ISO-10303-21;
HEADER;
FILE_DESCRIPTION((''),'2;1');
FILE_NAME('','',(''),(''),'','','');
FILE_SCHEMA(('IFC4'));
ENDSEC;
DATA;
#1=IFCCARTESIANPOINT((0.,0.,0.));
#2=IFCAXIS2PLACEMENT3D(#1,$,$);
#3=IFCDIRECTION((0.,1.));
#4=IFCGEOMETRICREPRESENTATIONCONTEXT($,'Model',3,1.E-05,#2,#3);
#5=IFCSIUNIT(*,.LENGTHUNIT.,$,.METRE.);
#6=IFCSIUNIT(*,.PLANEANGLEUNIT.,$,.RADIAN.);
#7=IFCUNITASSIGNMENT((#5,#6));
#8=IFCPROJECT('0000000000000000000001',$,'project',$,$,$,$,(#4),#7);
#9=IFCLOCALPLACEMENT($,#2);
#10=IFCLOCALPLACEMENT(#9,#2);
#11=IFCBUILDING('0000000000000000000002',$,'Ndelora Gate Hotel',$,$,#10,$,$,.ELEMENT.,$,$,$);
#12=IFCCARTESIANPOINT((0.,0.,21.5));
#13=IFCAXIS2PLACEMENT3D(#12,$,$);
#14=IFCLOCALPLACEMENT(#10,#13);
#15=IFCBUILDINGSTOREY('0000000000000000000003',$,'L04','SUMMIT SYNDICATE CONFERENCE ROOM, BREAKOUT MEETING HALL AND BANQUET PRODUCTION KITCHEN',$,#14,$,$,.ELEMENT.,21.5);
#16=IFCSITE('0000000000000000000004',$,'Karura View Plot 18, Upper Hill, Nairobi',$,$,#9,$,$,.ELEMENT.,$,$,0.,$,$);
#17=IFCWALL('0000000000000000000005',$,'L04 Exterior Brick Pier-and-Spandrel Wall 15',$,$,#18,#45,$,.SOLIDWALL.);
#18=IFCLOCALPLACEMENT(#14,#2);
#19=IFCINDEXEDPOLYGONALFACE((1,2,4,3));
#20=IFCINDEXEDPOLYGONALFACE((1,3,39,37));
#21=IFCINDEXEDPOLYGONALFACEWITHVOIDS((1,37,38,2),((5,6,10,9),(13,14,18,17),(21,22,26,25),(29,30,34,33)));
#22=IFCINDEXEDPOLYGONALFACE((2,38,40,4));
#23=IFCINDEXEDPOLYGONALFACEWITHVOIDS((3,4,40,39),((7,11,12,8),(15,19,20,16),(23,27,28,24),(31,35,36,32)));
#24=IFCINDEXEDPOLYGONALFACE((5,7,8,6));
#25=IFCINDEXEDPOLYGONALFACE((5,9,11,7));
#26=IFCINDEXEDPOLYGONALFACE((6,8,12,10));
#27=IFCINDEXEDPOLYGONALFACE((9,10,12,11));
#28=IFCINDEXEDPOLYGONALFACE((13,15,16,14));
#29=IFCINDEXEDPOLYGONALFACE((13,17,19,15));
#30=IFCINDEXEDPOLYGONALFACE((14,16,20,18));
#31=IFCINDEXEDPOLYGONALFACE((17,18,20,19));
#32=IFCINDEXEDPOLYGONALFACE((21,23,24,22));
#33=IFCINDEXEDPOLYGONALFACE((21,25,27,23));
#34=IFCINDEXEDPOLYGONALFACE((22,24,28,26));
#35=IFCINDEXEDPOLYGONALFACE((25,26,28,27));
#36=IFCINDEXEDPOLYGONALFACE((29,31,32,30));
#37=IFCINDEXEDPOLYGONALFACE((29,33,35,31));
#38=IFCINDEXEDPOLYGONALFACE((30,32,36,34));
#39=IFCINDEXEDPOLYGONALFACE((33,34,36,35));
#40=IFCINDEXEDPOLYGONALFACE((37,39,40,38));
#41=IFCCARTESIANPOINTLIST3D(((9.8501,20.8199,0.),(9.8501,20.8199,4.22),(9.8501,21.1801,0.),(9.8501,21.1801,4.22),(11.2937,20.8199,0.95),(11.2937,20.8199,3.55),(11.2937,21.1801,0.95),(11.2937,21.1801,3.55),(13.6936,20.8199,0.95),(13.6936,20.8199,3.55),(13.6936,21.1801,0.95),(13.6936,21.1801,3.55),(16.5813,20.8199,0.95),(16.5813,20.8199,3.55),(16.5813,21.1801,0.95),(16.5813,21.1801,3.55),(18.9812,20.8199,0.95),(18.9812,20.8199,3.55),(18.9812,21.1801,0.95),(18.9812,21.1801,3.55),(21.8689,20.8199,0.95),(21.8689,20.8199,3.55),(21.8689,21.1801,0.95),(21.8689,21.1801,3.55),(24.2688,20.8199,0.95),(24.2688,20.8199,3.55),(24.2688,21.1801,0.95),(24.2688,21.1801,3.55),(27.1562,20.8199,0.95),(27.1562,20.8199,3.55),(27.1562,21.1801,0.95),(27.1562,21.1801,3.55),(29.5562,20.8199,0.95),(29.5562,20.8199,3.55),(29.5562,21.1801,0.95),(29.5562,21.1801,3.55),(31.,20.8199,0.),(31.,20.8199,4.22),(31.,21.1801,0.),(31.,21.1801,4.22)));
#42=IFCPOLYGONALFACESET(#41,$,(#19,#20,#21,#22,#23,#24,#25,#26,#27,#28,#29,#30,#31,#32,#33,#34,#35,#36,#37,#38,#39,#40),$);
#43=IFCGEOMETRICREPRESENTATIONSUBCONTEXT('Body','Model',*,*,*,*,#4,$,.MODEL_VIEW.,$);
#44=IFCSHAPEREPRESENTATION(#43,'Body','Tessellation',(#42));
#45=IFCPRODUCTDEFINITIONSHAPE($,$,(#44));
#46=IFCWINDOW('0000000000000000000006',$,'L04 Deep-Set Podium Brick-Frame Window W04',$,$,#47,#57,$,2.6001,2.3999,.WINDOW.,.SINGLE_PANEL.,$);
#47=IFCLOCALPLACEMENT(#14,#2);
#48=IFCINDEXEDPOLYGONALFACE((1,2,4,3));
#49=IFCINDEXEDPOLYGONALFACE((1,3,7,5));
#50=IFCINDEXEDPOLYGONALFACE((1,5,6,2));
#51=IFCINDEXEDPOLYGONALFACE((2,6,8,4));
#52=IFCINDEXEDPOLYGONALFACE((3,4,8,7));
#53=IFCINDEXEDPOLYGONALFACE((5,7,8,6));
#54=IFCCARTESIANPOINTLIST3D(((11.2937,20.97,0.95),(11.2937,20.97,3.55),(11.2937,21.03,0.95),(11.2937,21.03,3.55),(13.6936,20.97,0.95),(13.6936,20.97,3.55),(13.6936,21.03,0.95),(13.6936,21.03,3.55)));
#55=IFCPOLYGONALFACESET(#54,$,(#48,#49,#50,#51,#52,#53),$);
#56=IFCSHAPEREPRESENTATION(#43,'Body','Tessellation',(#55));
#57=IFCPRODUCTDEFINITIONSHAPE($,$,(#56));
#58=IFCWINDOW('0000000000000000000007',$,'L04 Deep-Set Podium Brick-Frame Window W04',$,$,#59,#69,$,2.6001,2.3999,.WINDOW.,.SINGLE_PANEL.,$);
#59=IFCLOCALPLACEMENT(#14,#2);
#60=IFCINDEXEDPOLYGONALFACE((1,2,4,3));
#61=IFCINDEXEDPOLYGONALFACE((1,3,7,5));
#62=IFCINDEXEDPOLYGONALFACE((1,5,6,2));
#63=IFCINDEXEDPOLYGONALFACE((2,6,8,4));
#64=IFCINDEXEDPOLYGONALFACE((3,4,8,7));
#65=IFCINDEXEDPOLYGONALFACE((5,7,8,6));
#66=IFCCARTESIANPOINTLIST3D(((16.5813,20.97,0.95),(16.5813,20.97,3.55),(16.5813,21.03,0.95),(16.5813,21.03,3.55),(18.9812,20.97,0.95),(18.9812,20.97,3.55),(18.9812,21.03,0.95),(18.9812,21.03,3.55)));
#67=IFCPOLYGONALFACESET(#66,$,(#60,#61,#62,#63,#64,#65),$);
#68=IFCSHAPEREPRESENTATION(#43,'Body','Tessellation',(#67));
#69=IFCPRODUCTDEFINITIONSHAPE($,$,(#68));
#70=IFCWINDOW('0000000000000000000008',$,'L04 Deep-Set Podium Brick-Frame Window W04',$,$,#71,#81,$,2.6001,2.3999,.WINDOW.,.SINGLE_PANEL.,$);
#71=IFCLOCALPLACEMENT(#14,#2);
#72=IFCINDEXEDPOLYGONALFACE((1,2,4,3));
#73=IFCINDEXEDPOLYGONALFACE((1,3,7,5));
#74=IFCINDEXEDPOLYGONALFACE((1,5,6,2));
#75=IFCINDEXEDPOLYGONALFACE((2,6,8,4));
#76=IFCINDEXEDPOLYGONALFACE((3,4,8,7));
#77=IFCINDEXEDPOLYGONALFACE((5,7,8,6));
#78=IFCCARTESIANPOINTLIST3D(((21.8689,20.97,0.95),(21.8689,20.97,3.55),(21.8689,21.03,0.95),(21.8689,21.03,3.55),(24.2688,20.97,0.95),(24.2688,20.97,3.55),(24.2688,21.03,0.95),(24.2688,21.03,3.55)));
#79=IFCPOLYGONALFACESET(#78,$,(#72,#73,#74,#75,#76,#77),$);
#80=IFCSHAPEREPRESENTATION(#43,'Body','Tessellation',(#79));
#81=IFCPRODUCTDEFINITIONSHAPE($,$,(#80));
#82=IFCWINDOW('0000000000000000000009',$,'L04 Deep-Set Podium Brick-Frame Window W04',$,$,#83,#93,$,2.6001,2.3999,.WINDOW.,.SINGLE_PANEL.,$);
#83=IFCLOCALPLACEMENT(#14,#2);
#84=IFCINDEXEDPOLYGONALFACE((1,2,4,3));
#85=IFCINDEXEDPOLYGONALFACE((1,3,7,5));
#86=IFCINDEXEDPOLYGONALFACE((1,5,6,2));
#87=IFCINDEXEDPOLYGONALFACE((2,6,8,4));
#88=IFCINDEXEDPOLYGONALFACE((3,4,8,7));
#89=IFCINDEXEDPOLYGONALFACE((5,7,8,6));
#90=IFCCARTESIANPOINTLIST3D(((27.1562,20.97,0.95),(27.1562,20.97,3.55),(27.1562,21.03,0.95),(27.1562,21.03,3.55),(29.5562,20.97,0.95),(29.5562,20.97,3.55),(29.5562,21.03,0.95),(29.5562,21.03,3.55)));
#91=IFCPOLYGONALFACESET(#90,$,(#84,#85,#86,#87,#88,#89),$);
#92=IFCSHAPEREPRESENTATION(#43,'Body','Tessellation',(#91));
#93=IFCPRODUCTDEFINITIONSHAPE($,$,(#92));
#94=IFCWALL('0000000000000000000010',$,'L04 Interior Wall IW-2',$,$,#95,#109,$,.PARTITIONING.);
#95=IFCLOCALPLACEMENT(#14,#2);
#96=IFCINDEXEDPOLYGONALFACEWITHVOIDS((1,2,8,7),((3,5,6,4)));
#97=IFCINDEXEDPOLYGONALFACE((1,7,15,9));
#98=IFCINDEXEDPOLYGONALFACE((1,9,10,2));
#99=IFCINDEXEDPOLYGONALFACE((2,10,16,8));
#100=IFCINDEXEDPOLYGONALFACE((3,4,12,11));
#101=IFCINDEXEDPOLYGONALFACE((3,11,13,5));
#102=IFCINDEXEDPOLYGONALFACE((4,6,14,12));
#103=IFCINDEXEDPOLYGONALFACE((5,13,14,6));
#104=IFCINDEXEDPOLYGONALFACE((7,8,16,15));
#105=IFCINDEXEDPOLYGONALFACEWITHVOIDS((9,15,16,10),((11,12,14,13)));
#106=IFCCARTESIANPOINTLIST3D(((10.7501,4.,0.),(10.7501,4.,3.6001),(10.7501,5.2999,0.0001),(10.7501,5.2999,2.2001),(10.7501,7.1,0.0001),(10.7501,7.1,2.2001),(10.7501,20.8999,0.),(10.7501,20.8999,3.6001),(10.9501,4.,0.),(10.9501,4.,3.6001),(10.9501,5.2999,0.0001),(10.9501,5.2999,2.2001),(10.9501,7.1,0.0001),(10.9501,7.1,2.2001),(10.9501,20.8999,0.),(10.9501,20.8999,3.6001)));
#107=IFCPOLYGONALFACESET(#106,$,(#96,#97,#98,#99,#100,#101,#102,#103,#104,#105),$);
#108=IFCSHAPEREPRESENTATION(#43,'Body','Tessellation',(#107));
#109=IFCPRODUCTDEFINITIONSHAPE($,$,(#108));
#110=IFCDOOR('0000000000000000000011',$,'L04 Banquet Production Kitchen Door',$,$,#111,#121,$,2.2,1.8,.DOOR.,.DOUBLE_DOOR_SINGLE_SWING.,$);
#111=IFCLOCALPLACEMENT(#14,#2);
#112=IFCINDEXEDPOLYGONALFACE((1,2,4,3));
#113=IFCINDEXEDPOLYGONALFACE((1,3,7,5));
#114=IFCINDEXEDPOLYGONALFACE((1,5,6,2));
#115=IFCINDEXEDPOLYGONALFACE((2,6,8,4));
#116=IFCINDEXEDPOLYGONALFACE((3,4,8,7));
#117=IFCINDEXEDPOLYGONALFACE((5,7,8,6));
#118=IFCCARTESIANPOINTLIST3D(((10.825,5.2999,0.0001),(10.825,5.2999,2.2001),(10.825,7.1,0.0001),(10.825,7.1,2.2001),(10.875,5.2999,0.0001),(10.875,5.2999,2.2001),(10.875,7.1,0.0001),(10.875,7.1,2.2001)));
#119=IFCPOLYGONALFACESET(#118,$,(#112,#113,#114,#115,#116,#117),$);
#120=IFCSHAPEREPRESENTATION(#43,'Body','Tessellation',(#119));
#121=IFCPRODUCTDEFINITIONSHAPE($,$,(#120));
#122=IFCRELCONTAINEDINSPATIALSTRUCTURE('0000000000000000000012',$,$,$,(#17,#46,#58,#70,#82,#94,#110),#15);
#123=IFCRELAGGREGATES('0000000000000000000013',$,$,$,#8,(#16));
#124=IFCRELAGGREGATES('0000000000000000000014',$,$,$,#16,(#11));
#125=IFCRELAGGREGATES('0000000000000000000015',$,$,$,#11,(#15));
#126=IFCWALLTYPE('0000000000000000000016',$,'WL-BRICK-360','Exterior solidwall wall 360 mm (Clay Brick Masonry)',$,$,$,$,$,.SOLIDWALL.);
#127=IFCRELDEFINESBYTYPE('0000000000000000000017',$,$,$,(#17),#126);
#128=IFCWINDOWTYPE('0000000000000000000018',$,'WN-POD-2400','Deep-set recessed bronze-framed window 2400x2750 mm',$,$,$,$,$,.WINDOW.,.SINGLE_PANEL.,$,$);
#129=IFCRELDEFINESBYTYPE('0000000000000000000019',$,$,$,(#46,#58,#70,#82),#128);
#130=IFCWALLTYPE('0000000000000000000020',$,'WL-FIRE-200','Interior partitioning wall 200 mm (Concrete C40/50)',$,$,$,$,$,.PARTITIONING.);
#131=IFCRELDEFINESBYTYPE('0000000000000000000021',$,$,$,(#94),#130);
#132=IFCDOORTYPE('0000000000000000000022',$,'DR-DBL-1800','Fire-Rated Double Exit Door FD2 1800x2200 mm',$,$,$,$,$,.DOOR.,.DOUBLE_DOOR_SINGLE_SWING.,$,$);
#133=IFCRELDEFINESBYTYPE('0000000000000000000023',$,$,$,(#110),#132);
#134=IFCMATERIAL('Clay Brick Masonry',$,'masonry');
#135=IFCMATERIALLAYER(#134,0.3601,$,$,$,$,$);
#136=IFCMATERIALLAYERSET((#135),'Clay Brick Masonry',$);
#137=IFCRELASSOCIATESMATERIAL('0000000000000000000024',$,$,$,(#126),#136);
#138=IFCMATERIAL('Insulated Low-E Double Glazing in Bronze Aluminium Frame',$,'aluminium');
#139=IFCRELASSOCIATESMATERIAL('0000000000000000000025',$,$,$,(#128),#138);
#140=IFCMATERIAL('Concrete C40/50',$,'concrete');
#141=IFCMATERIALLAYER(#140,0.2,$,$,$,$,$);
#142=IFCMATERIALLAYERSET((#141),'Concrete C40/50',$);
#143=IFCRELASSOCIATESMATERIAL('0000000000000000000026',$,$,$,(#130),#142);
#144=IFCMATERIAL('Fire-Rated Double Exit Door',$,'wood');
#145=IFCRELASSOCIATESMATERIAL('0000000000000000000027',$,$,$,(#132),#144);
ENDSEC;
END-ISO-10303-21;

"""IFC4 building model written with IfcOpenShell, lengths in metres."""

from ifc_helpers import new_model, si_unit, direction, frame, frame_2d, origin, place, context, subcontext, project, spatial, rectangle, extrude, material, layer, layer_set, type_object, element, fill, save


model = new_model("IFC4")

# Units and contexts
model_context = context("Model", 3, precision=1e-05, world=origin(), true_north=direction((0.0, 1.0)))
body_context = subcontext(model_context, "Body", "Model", "MODEL_VIEW")
ifc_project = project(units=[si_unit("LENGTHUNIT", "METRE"), si_unit("PLANEANGLEUNIT", "RADIAN")], contexts=[model_context])

# Site, building, storey
site_placement = place(None, origin())
site = spatial("IfcSite", under=ifc_project, at=site_placement, Name="Karura View Plot 18, Upper Hill, Nairobi", CompositionType="ELEMENT", RefElevation=0.0)
building_placement = place(site_placement, origin())
building = spatial("IfcBuilding", under=site, at=building_placement, Name="Ndelora Gate Hotel", CompositionType="ELEMENT")
storey_placement = place(building_placement, frame((0.0, 0.0, 21.5)))
storey = spatial("IfcBuildingStorey", under=building, at=storey_placement, Name="L04", Description="SUMMIT SYNDICATE CONFERENCE ROOM, BREAKOUT MEETING HALL AND BANQUET PRODUCTION KITCHEN", CompositionType="ELEMENT", Elevation=21.5)

# Wall, openings, windows
ifc_material_1 = material(Name="Clay Brick Masonry", Category="masonry")
ifc_layer_1 = layer(ifc_material_1, 0.3601)
ifc_layer_set_1 = layer_set([ifc_layer_1], Name="Clay Brick Masonry")
wall_type_1 = type_object("IfcWallType", Name="WL-BRICK-360", Description="Exterior solidwall wall 360 mm (Clay Brick Masonry)", PredefinedType="SOLIDWALL", material=ifc_layer_set_1)
wall_1_placement = place(storey_placement, frame((9.8501, 21.0, 0.0), z_axis=(0.0, 0.0, 1.0), x_axis=(1.0, 0.0, 0.0)))
wall_1 = element("IfcWall", 1, at=wall_1_placement, inside=storey, type_object=wall_type_1, Name="L04 Exterior Brick Pier-and-Spandrel Wall 15", PredefinedType="SOLIDWALL", context=body_context, shape_type="SweptSolid", body=[
    extrude(rectangle(XDim=21.1499, YDim=0.3601, at=frame_2d((10.575, 0.0))), origin(), (0.0, 0.0, 1.0), 4.22),
])
opening_1_placement = place(wall_1_placement, frame((1.4436, 0.0, 0.95)))
opening_1 = element("IfcOpeningElement", 2, at=opening_1_placement, cuts=wall_1, PredefinedType="OPENING", context=body_context, shape_type="SweptSolid", body=[
    extrude(rectangle(XDim=2.3999, YDim=2.6001, at=frame_2d((1.2, 1.3))), frame((0.0, 0.1899, 0.0), z_axis=(0.0, -1.0, 0.0), x_axis=(1.0, 0.0, 0.0)), (0.0, 0.0, 1.0), 0.3801),
])
opening_2_placement = place(wall_1_placement, frame((6.7312, 0.0, 0.95)))
opening_2 = element("IfcOpeningElement", 3, at=opening_2_placement, cuts=wall_1, PredefinedType="OPENING", context=body_context, shape_type="SweptSolid", body=[
    extrude(rectangle(XDim=2.3999, YDim=2.6001, at=frame_2d((1.2, 1.3))), frame((0.0, 0.1899, 0.0), z_axis=(0.0, -1.0, 0.0), x_axis=(1.0, 0.0, 0.0)), (0.0, 0.0, 1.0), 0.3801),
])
opening_3_placement = place(wall_1_placement, frame((12.0188, 0.0, 0.95)))
opening_3 = element("IfcOpeningElement", 4, at=opening_3_placement, cuts=wall_1, PredefinedType="OPENING", context=body_context, shape_type="SweptSolid", body=[
    extrude(rectangle(XDim=2.3999, YDim=2.6001, at=frame_2d((1.2, 1.3))), frame((0.0, 0.1899, 0.0), z_axis=(0.0, -1.0, 0.0), x_axis=(1.0, 0.0, 0.0)), (0.0, 0.0, 1.0), 0.3801),
])
opening_4_placement = place(wall_1_placement, frame((17.3062, 0.0, 0.95)))
opening_4 = element("IfcOpeningElement", 5, at=opening_4_placement, cuts=wall_1, PredefinedType="OPENING", context=body_context, shape_type="SweptSolid", body=[
    extrude(rectangle(XDim=2.3999, YDim=2.6001, at=frame_2d((1.2, 1.3))), frame((0.0, 0.1899, 0.0), z_axis=(0.0, -1.0, 0.0), x_axis=(1.0, 0.0, 0.0)), (0.0, 0.0, 1.0), 0.3801),
])
ifc_material_2 = material(Name="Insulated Low-E Double Glazing in Bronze Aluminium Frame", Category="aluminium")
window_type = type_object("IfcWindowType", Name="WN-POD-2400", Description="Deep-set recessed bronze-framed window 2400x2750 mm", PartitioningType="SINGLE_PANEL", PredefinedType="WINDOW", material=ifc_material_2)
window_1_placement = place(opening_1_placement, origin())
window_1 = element("IfcWindow", 6, at=window_1_placement, inside=storey, type_object=window_type, Name="L04 Deep-Set Podium Brick-Frame Window W04", OverallHeight=2.6001, OverallWidth=2.3999, PartitioningType="SINGLE_PANEL", PredefinedType="WINDOW", context=body_context, shape_type="SweptSolid", body=[
    extrude(rectangle(XDim=2.3999, YDim=2.6001, at=frame_2d((1.2, 1.3))), frame((0.0, 0.03, 0.0), z_axis=(0.0, -1.0, 0.0), x_axis=(1.0, 0.0, 0.0)), (0.0, 0.0, 1.0), 0.0601),
])
fill(opening_1, window_1)
window_2_placement = place(opening_2_placement, origin())
window_2 = element("IfcWindow", 7, at=window_2_placement, inside=storey, type_object=window_type, Name="L04 Deep-Set Podium Brick-Frame Window W04", OverallHeight=2.6001, OverallWidth=2.3999, PartitioningType="SINGLE_PANEL", PredefinedType="WINDOW", context=body_context, shape_type="SweptSolid", body=[
    extrude(rectangle(XDim=2.3999, YDim=2.6001, at=frame_2d((1.2, 1.3))), frame((0.0, 0.03, 0.0), z_axis=(0.0, -1.0, 0.0), x_axis=(1.0, 0.0, 0.0)), (0.0, 0.0, 1.0), 0.0601),
])
fill(opening_2, window_2)
window_3_placement = place(opening_3_placement, origin())
window_3 = element("IfcWindow", 8, at=window_3_placement, inside=storey, type_object=window_type, Name="L04 Deep-Set Podium Brick-Frame Window W04", OverallHeight=2.6001, OverallWidth=2.3999, PartitioningType="SINGLE_PANEL", PredefinedType="WINDOW", context=body_context, shape_type="SweptSolid", body=[
    extrude(rectangle(XDim=2.3999, YDim=2.6001, at=frame_2d((1.2, 1.3))), frame((0.0, 0.03, 0.0), z_axis=(0.0, -1.0, 0.0), x_axis=(1.0, 0.0, 0.0)), (0.0, 0.0, 1.0), 0.0601),
])
fill(opening_3, window_3)
window_4_placement = place(opening_4_placement, origin())
window_4 = element("IfcWindow", 9, at=window_4_placement, inside=storey, type_object=window_type, Name="L04 Deep-Set Podium Brick-Frame Window W04", OverallHeight=2.6001, OverallWidth=2.3999, PartitioningType="SINGLE_PANEL", PredefinedType="WINDOW", context=body_context, shape_type="SweptSolid", body=[
    extrude(rectangle(XDim=2.3999, YDim=2.6001, at=frame_2d((1.2, 1.3))), frame((0.0, 0.03, 0.0), z_axis=(0.0, -1.0, 0.0), x_axis=(1.0, 0.0, 0.0)), (0.0, 0.0, 1.0), 0.0601),
])
fill(opening_4, window_4)

# Wall, opening, door
ifc_material_3 = material(Name="Concrete C40/50", Category="concrete")
ifc_layer_2 = layer(ifc_material_3, 0.2)
ifc_layer_set_2 = layer_set([ifc_layer_2], Name="Concrete C40/50")
wall_type_2 = type_object("IfcWallType", Name="WL-FIRE-200", Description="Interior partitioning wall 200 mm (Concrete C40/50)", PredefinedType="PARTITIONING", material=ifc_layer_set_2)
wall_2_placement = place(storey_placement, frame((10.8501, 20.8999, 0.0), z_axis=(0.0, 0.0, 1.0), x_axis=(0.0, -1.0, 0.0)))
wall_2 = element("IfcWall", 10, at=wall_2_placement, inside=storey, type_object=wall_type_2, Name="L04 Interior Wall IW-2", PredefinedType="PARTITIONING", context=body_context, shape_type="SweptSolid", body=[
    extrude(rectangle(XDim=16.8999, YDim=0.2, at=frame_2d((8.45, 0.0))), origin(), (0.0, 0.0, 1.0), 3.6001),
])
opening_5_placement = place(wall_2_placement, frame((13.8, 0.0, 0.0)))
opening_5 = element("IfcOpeningElement", 11, at=opening_5_placement, cuts=wall_2, PredefinedType="OPENING", context=body_context, shape_type="SweptSolid", body=[
    extrude(rectangle(XDim=1.8, YDim=2.2, at=frame_2d((0.8999, 1.1001))), frame((0.0, 0.1099, 0.0), z_axis=(0.0, -1.0, 0.0), x_axis=(1.0, 0.0, 0.0)), (0.0, 0.0, 1.0), 0.22),
])
ifc_material_4 = material(Name="Fire-Rated Double Exit Door", Category="wood")
door_type = type_object("IfcDoorType", Name="DR-DBL-1800", Description="Fire-Rated Double Exit Door FD2 1800x2200 mm", OperationType="DOUBLE_DOOR_SINGLE_SWING", PredefinedType="DOOR", material=ifc_material_4)
door_placement = place(opening_5_placement, origin())
door = element("IfcDoor", 12, at=door_placement, inside=storey, type_object=door_type, Name="L04 Banquet Production Kitchen Door", OperationType="DOUBLE_DOOR_SINGLE_SWING", OverallHeight=2.2, OverallWidth=1.8, PredefinedType="DOOR", context=body_context, shape_type="SweptSolid", body=[
    extrude(rectangle(XDim=1.8, YDim=2.2, at=frame_2d((0.8999, 1.1001))), frame((0.0, 0.0249, 0.0), z_axis=(0.0, -1.0, 0.0), x_axis=(1.0, 0.0, 0.0)), (0.0, 0.0, 1.0), 0.05),
])
fill(opening_5, door)

save(model, "model.ifc")
